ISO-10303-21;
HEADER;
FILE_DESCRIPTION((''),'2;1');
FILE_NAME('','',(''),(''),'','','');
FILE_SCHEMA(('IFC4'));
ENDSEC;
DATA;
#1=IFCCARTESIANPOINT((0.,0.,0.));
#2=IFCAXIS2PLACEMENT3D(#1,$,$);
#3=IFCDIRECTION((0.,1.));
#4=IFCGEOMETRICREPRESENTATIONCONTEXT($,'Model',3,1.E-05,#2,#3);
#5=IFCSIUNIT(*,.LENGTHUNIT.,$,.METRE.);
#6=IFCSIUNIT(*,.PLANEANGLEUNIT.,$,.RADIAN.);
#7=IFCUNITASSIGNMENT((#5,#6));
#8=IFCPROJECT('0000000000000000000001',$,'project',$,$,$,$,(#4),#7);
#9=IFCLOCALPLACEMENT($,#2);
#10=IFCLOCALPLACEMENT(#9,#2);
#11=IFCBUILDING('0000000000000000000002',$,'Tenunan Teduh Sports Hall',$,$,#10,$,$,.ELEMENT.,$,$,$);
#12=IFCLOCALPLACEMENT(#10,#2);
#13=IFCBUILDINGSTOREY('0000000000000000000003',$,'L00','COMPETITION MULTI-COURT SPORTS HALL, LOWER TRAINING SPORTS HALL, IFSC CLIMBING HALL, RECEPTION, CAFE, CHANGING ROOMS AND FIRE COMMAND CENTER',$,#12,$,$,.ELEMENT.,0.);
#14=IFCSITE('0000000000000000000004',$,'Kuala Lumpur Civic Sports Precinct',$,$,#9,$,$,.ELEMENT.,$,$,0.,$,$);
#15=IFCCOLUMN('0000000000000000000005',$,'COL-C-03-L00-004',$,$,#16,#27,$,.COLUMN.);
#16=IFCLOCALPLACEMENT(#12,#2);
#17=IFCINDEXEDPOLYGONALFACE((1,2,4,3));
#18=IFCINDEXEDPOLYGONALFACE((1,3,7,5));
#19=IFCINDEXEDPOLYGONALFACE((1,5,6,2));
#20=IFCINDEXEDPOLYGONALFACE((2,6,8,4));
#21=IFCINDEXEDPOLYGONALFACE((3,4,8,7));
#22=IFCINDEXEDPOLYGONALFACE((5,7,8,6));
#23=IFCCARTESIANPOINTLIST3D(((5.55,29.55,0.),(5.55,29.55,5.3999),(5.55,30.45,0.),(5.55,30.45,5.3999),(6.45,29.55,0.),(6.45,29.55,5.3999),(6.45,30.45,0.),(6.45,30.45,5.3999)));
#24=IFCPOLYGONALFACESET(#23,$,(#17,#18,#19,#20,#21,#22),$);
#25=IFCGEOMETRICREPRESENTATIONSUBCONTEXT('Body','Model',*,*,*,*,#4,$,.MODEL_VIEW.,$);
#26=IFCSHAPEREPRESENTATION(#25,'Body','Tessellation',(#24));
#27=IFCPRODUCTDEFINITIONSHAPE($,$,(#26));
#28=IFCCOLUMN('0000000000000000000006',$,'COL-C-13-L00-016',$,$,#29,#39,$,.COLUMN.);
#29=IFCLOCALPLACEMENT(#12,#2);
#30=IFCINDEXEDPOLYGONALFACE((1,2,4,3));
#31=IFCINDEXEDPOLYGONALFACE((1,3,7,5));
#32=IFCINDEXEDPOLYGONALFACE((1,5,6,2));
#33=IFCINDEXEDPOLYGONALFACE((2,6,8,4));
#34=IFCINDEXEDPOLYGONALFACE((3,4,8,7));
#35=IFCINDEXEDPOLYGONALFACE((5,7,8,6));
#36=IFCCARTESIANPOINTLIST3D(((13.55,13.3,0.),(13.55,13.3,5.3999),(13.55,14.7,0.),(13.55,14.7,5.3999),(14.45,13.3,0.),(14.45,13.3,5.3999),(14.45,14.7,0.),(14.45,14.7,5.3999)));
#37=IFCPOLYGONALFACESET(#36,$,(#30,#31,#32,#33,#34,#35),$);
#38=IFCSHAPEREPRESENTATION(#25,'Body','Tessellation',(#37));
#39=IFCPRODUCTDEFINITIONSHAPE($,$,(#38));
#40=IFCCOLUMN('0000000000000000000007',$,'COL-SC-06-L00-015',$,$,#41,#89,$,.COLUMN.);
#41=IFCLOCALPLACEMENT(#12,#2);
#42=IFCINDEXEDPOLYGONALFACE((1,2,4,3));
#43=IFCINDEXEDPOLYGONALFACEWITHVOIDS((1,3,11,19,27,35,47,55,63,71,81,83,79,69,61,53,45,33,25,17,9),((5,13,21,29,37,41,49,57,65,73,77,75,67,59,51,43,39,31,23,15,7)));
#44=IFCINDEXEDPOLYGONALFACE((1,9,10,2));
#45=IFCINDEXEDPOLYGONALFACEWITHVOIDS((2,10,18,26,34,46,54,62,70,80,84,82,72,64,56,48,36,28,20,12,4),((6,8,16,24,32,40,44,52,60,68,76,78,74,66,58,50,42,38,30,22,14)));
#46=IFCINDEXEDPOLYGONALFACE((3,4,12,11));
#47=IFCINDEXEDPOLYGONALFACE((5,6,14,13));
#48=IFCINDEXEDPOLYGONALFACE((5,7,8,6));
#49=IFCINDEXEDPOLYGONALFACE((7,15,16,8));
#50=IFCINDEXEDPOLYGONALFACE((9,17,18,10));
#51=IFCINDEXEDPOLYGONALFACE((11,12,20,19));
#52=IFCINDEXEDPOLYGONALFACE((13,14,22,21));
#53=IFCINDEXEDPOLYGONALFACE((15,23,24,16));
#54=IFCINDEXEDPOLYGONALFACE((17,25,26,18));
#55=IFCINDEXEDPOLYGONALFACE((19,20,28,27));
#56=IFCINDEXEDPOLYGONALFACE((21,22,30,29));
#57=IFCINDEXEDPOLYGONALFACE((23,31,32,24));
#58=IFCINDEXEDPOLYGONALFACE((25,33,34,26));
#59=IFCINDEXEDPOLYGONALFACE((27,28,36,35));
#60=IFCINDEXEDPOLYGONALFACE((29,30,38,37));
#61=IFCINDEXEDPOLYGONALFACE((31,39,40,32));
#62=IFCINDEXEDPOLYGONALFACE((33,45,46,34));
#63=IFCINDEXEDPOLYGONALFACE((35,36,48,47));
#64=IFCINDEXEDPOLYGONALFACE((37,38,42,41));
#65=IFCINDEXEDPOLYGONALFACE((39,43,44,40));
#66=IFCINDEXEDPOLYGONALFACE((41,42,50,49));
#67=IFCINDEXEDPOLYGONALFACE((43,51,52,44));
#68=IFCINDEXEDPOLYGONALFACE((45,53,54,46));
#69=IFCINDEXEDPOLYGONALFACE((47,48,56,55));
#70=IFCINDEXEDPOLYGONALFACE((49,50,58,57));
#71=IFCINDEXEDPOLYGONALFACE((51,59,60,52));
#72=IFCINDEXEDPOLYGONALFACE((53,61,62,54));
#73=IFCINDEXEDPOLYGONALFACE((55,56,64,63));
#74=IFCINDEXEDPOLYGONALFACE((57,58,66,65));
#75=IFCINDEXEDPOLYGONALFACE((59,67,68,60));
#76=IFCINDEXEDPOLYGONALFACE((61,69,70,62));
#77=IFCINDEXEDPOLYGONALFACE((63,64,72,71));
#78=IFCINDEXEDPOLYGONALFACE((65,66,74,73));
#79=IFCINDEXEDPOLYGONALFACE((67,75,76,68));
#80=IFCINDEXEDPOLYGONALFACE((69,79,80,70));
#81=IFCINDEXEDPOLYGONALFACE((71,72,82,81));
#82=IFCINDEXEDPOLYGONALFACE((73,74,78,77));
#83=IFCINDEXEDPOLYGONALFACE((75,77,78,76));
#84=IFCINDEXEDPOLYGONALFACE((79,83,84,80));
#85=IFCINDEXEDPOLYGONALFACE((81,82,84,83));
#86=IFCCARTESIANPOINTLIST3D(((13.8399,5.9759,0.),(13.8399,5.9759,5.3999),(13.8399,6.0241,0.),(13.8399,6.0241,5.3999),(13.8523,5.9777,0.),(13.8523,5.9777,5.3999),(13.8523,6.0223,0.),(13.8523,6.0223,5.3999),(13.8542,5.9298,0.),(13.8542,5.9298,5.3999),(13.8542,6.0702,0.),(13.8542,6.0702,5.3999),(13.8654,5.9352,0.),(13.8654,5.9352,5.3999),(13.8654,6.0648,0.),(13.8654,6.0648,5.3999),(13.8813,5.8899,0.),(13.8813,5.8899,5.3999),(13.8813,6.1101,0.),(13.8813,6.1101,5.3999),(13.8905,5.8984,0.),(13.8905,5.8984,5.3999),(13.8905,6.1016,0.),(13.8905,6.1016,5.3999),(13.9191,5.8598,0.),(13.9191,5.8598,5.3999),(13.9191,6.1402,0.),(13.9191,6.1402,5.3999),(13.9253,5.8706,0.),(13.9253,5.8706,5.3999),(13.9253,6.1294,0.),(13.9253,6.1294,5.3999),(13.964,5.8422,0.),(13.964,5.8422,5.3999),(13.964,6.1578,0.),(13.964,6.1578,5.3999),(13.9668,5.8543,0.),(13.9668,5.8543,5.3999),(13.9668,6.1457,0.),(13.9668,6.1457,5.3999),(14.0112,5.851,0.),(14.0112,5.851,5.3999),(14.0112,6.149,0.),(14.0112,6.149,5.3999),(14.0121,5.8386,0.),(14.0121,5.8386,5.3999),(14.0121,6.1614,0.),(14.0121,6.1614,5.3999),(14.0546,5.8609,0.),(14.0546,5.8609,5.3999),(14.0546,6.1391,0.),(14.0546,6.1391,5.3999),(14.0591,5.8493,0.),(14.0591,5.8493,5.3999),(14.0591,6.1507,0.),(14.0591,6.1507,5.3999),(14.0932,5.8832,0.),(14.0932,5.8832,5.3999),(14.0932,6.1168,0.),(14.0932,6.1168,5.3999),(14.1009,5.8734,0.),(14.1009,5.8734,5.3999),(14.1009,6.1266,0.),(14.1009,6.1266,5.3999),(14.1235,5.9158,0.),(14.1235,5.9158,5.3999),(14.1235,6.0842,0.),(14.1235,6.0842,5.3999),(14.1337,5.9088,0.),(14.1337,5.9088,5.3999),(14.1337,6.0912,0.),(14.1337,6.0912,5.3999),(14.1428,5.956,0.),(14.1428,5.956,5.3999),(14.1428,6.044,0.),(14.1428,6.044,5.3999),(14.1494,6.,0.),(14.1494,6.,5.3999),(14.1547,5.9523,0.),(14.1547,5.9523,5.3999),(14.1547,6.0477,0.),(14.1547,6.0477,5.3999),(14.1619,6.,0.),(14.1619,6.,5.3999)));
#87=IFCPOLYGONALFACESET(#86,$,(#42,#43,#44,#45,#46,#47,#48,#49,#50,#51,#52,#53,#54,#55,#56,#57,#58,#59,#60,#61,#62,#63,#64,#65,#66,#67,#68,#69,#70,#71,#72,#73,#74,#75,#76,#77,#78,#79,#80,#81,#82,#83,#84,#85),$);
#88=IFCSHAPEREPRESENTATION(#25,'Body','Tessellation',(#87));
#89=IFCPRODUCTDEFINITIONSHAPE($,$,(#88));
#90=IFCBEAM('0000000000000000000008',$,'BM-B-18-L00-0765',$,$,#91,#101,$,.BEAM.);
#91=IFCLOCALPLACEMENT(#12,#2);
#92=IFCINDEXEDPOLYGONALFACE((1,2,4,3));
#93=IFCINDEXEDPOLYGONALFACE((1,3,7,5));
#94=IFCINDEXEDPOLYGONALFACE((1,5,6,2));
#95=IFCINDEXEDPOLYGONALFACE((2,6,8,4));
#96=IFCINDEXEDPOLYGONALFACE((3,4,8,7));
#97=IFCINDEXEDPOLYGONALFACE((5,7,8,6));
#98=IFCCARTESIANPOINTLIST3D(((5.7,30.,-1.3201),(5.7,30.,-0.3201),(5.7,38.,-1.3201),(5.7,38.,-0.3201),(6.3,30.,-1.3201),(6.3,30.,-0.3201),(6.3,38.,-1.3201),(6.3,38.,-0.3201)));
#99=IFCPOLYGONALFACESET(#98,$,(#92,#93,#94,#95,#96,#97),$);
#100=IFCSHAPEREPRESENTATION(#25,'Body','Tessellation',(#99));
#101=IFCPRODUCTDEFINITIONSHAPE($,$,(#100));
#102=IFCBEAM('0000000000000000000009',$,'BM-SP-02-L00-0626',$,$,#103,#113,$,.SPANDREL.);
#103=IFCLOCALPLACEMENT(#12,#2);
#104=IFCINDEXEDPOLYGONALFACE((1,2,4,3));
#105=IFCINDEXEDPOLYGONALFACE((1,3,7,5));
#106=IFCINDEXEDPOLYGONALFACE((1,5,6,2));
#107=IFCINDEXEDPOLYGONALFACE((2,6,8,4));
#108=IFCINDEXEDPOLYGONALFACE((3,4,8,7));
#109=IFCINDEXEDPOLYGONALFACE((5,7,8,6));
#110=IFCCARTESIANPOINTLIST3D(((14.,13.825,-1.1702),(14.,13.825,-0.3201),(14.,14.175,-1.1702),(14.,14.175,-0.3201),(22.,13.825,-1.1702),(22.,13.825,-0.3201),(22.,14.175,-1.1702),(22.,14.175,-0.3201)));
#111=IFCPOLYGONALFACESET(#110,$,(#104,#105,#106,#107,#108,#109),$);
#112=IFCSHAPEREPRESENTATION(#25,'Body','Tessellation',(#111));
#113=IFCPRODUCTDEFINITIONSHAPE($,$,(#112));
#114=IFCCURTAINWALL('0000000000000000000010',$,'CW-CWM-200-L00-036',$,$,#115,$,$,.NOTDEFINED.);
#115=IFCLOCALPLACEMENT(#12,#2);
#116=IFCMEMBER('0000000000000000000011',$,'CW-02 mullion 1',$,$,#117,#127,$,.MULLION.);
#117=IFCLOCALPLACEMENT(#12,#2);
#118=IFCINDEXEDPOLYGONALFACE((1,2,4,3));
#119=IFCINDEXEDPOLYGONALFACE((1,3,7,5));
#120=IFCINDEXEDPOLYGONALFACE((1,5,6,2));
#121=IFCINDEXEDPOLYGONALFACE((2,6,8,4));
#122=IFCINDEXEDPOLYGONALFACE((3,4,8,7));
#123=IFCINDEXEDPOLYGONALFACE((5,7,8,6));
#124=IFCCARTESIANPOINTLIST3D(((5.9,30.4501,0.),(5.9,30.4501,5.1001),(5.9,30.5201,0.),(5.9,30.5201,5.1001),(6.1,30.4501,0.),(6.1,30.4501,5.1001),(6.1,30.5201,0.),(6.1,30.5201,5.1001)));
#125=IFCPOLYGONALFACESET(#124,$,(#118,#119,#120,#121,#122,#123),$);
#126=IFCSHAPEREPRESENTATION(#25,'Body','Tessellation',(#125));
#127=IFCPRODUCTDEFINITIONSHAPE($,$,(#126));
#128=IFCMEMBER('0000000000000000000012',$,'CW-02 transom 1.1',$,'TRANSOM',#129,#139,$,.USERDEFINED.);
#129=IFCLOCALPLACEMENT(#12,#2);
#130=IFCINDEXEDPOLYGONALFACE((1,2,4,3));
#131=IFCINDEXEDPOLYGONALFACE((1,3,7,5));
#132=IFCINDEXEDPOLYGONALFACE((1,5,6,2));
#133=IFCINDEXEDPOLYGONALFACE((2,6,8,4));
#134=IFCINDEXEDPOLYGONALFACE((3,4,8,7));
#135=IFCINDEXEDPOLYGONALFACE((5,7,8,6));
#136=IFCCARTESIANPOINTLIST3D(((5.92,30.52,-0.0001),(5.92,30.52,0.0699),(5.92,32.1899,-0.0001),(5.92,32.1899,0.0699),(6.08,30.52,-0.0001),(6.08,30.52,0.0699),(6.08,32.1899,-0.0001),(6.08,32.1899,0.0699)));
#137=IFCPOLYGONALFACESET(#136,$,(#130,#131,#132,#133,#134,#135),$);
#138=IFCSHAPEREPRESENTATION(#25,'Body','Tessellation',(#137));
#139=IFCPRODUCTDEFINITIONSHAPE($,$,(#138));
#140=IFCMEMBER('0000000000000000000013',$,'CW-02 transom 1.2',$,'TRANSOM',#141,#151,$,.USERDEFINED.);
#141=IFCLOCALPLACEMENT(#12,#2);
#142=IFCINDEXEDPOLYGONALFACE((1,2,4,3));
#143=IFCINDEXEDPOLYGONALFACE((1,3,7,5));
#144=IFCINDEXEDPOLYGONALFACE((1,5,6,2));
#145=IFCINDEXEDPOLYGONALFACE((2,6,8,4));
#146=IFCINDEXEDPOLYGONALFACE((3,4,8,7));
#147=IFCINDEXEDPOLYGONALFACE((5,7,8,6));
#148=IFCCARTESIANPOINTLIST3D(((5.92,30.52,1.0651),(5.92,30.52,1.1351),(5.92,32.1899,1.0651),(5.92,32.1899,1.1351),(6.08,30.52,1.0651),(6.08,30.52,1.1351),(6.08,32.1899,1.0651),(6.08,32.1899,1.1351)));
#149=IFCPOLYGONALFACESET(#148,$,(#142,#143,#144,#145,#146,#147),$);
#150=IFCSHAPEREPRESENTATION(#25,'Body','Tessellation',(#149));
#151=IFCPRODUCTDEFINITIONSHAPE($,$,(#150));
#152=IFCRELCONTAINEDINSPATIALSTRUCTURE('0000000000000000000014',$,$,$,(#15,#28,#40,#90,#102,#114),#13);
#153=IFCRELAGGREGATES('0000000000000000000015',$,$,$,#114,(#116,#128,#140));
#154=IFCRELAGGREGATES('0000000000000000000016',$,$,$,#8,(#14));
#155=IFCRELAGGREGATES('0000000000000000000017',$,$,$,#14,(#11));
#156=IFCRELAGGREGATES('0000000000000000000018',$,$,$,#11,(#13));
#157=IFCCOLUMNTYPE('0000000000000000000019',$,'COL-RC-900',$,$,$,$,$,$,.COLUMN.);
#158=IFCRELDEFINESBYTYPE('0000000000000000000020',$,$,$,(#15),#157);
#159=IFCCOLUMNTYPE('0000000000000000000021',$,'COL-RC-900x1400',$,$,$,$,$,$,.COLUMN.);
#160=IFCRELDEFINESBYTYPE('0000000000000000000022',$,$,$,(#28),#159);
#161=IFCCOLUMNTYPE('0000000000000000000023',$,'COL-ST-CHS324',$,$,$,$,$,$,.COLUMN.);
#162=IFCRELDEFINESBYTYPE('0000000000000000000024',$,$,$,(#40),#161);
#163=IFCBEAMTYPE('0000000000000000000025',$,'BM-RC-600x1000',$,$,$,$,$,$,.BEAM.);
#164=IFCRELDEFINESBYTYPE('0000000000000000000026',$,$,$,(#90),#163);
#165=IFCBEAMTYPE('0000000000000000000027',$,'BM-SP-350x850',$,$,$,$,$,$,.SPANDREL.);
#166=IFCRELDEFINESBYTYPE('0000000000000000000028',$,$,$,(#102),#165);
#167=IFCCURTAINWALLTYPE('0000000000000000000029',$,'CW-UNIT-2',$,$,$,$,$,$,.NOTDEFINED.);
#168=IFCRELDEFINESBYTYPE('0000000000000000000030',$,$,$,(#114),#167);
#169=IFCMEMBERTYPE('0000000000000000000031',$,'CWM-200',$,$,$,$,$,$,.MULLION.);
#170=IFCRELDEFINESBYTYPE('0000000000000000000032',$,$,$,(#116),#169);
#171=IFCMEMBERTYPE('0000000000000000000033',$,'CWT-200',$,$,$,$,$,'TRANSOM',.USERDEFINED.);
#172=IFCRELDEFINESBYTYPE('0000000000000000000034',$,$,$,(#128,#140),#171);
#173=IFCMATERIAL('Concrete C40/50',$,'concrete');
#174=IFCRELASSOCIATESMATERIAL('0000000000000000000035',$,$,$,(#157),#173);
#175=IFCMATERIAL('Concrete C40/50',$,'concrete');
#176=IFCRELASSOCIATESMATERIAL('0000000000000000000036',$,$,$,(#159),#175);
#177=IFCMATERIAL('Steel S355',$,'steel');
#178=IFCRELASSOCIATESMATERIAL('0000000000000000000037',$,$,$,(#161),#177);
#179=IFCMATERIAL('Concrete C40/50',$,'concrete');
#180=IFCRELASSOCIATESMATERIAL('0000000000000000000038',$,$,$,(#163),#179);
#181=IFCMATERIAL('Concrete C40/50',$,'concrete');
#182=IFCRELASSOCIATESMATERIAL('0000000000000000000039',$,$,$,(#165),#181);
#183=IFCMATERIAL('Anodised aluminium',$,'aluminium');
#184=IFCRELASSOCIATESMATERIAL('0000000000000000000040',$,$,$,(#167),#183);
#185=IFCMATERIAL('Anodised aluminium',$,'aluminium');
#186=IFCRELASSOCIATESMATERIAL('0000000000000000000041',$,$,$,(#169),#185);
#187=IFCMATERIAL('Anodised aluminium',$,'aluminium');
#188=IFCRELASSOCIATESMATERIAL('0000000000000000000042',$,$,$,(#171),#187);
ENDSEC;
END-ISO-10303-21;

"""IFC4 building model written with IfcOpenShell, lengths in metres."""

from ifc_helpers import new_model, si_unit, direction, frame, origin, origin_2d, place, context, subcontext, project, spatial, rectangle, hollow_circle, extrude, material, material_profile, profile_set, type_object, element, aggregate, save


model = new_model("IFC4")

# Units and contexts
model_context = context("Model", 3, precision=1e-05, world=origin(), true_north=direction((0.0, 1.0)))
body_context = subcontext(model_context, "Body", "Model", "MODEL_VIEW")
ifc_project = project(units=[si_unit("LENGTHUNIT", "METRE"), si_unit("PLANEANGLEUNIT", "RADIAN")], contexts=[model_context])

# Site, building, storey
site_placement = place(None, origin())
site = spatial("IfcSite", under=ifc_project, at=site_placement, Name="Kuala Lumpur Civic Sports Precinct", CompositionType="ELEMENT", RefElevation=0.0)
building_placement = place(site_placement, origin())
building = spatial("IfcBuilding", under=site, at=building_placement, Name="Tenunan Teduh Sports Hall", CompositionType="ELEMENT")
storey_placement = place(building_placement, origin())
storey = spatial("IfcBuildingStorey", under=building, at=storey_placement, Name="L00", Description="COMPETITION MULTI-COURT SPORTS HALL, LOWER TRAINING SPORTS HALL, IFSC CLIMBING HALL, RECEPTION, CAFE, CHANGING ROOMS AND FIRE COMMAND CENTER", CompositionType="ELEMENT", Elevation=0.0)

# Columns
ifc_material_1 = material(Name="Concrete C40/50", Category="concrete")
ifc_material_profile_1 = material_profile(ifc_material_1, rectangle(XDim=0.8999, YDim=0.8999, at=origin_2d()), Name="RC 900x900")
ifc_profile_set_1 = profile_set([ifc_material_profile_1], Name="Concrete C40/50")
column_type_1 = type_object("IfcColumnType", Name="COL-RC-900", PredefinedType="COLUMN", material=ifc_profile_set_1)
column_1_placement = place(storey_placement, frame((6.0, 30.0, 0.0), z_axis=(0.0, 0.0, 1.0), x_axis=(1.0, 0.0, 0.0)))
element("IfcColumn", 1, at=column_1_placement, inside=storey, type_object=column_type_1, Name="COL-C-03-L00-004", PredefinedType="COLUMN", context=body_context, shape_type="SweptSolid", body=[
    extrude(rectangle(XDim=0.8999, YDim=0.8999, at=origin_2d()), origin(), (0.0, 0.0, 1.0), 5.3999),
])
ifc_material_2 = material(Name="Concrete C40/50", Category="concrete")
ifc_material_profile_2 = material_profile(ifc_material_2, rectangle(XDim=0.8999, YDim=1.3999, at=origin_2d()), Name="RC 900x1400")
ifc_profile_set_2 = profile_set([ifc_material_profile_2], Name="Concrete C40/50")
column_type_2 = type_object("IfcColumnType", Name="COL-RC-900x1400", PredefinedType="COLUMN", material=ifc_profile_set_2)
column_2_placement = place(storey_placement, frame((14.0, 14.0, 0.0), z_axis=(0.0, 0.0, 1.0), x_axis=(1.0, 0.0, 0.0)))
element("IfcColumn", 2, at=column_2_placement, inside=storey, type_object=column_type_2, Name="COL-C-13-L00-016", PredefinedType="COLUMN", context=body_context, shape_type="SweptSolid", body=[
    extrude(rectangle(XDim=0.8999, YDim=1.3999, at=origin_2d()), origin(), (0.0, 0.0, 1.0), 5.3999),
])
ifc_material_3 = material(Name="Steel S355", Category="steel")
ifc_material_profile_3 = material_profile(ifc_material_3, hollow_circle(Radius=0.1619, WallThickness=0.0125, at=origin_2d()), Name="CHS 323.9x12.5")
ifc_profile_set_3 = profile_set([ifc_material_profile_3], Name="Steel S355")
column_type_3 = type_object("IfcColumnType", Name="COL-ST-CHS324", PredefinedType="COLUMN", material=ifc_profile_set_3)
column_3_placement = place(storey_placement, frame((14.0, 6.0, 0.0), z_axis=(0.0, 0.0, 1.0), x_axis=(1.0, 0.0, 0.0)))
element("IfcColumn", 3, at=column_3_placement, inside=storey, type_object=column_type_3, Name="COL-SC-06-L00-015", PredefinedType="COLUMN", context=body_context, shape_type="SweptSolid", body=[
    extrude(hollow_circle(Radius=0.1619, WallThickness=0.0125, at=origin_2d()), origin(), (0.0, 0.0, 1.0), 5.3999),
])

# Beams
ifc_material_4 = material(Name="Concrete C40/50", Category="concrete")
ifc_material_profile_4 = material_profile(ifc_material_4, rectangle(XDim=0.6001, YDim=1.0, at=origin_2d()), Name="RCB 600x1000")
ifc_profile_set_4 = profile_set([ifc_material_profile_4], Name="Concrete C40/50")
beam_type_1 = type_object("IfcBeamType", Name="BM-RC-600x1000", PredefinedType="BEAM", material=ifc_profile_set_4)
beam_1_placement = place(storey_placement, frame((6.0, 30.0, -0.8201), z_axis=(0.0, 1.0, 0.0), x_axis=(-1.0, 0.0, 0.0)))
element("IfcBeam", 4, at=beam_1_placement, inside=storey, type_object=beam_type_1, Name="BM-B-18-L00-0765", PredefinedType="BEAM", context=body_context, shape_type="SweptSolid", body=[
    extrude(rectangle(XDim=0.6001, YDim=1.0, at=origin_2d()), origin(), (0.0, 0.0, 1.0), 8.0),
])
ifc_material_5 = material(Name="Concrete C40/50", Category="concrete")
ifc_material_profile_5 = material_profile(ifc_material_5, rectangle(XDim=0.3501, YDim=0.8501, at=origin_2d()), Name="SPB 350x850")
ifc_profile_set_5 = profile_set([ifc_material_profile_5], Name="Concrete C40/50")
beam_type_2 = type_object("IfcBeamType", Name="BM-SP-350x850", PredefinedType="SPANDREL", material=ifc_profile_set_5)
beam_2_placement = place(storey_placement, frame((14.0, 14.0, -0.7451), z_axis=(1.0, 0.0, 0.0), x_axis=(0.0, 1.0, 0.0)))
element("IfcBeam", 5, at=beam_2_placement, inside=storey, type_object=beam_type_2, Name="BM-SP-02-L00-0626", PredefinedType="SPANDREL", context=body_context, shape_type="SweptSolid", body=[
    extrude(rectangle(XDim=0.3501, YDim=0.8501, at=origin_2d()), origin(), (0.0, 0.0, 1.0), 8.0),
])

# Curtain wall, members
ifc_material_6 = material(Name="Anodised aluminium", Category="aluminium")
curtain_wall_type = type_object("IfcCurtainWallType", Name="CW-UNIT-2", PredefinedType="NOTDEFINED", material=ifc_material_6)
curtain_wall_placement = place(storey_placement, origin())
curtain_wall = element("IfcCurtainWall", 6, at=curtain_wall_placement, inside=storey, type_object=curtain_wall_type, Name="CW-CWM-200-L00-036", PredefinedType="NOTDEFINED")
ifc_material_7 = material(Name="Anodised aluminium", Category="aluminium")
ifc_material_profile_6 = material_profile(ifc_material_7, rectangle(XDim=0.0701, YDim=0.2, at=origin_2d()), Name="CWM 70x200")
ifc_profile_set_6 = profile_set([ifc_material_profile_6], Name="Anodised aluminium")
member_type_1 = type_object("IfcMemberType", Name="CWM-200", PredefinedType="MULLION", material=ifc_profile_set_6)
member_1_placement = place(storey_placement, frame((6.0, 30.4851, 0.0), z_axis=(0.0, 0.0, 1.0), x_axis=(0.0, 1.0, 0.0)))
member_1 = element("IfcMember", 7, at=member_1_placement, type_object=member_type_1, Name="CW-02 mullion 1", PredefinedType="MULLION", context=body_context, shape_type="SweptSolid", body=[
    extrude(rectangle(XDim=0.0701, YDim=0.2, at=origin_2d()), origin(), (0.0, 0.0, 1.0), 5.1001),
])
ifc_material_8 = material(Name="Anodised aluminium", Category="aluminium")
ifc_material_profile_7 = material_profile(ifc_material_8, rectangle(XDim=0.0701, YDim=0.1599, at=origin_2d()), Name="CWT 70x160")
ifc_profile_set_7 = profile_set([ifc_material_profile_7], Name="Anodised aluminium")
member_type_2 = type_object("IfcMemberType", Name="CWT-200", ElementType="TRANSOM", PredefinedType="USERDEFINED", material=ifc_profile_set_7)
member_2_placement = place(storey_placement, frame((6.0, 30.52, 0.0349), z_axis=(0.0, 1.0, 0.0), x_axis=(0.0, 0.0, 1.0)))
member_2 = element("IfcMember", 8, at=member_2_placement, type_object=member_type_2, Name="CW-02 transom 1.1", ObjectType="TRANSOM", PredefinedType="USERDEFINED", context=body_context, shape_type="SweptSolid", body=[
    extrude(rectangle(XDim=0.0701, YDim=0.1599, at=origin_2d()), origin(), (0.0, 0.0, 1.0), 1.6699),
])
member_3_placement = place(storey_placement, frame((6.0, 30.52, 1.1001), z_axis=(0.0, 1.0, 0.0), x_axis=(0.0, 0.0, 1.0)))
member_3 = element("IfcMember", 9, at=member_3_placement, type_object=member_type_2, Name="CW-02 transom 1.2", ObjectType="TRANSOM", PredefinedType="USERDEFINED", context=body_context, shape_type="SweptSolid", body=[
    extrude(rectangle(XDim=0.0701, YDim=0.1599, at=origin_2d()), origin(), (0.0, 0.0, 1.0), 1.6699),
])
aggregate(curtain_wall, [member_1, member_2, member_3])

save(model, "model.ifc")
